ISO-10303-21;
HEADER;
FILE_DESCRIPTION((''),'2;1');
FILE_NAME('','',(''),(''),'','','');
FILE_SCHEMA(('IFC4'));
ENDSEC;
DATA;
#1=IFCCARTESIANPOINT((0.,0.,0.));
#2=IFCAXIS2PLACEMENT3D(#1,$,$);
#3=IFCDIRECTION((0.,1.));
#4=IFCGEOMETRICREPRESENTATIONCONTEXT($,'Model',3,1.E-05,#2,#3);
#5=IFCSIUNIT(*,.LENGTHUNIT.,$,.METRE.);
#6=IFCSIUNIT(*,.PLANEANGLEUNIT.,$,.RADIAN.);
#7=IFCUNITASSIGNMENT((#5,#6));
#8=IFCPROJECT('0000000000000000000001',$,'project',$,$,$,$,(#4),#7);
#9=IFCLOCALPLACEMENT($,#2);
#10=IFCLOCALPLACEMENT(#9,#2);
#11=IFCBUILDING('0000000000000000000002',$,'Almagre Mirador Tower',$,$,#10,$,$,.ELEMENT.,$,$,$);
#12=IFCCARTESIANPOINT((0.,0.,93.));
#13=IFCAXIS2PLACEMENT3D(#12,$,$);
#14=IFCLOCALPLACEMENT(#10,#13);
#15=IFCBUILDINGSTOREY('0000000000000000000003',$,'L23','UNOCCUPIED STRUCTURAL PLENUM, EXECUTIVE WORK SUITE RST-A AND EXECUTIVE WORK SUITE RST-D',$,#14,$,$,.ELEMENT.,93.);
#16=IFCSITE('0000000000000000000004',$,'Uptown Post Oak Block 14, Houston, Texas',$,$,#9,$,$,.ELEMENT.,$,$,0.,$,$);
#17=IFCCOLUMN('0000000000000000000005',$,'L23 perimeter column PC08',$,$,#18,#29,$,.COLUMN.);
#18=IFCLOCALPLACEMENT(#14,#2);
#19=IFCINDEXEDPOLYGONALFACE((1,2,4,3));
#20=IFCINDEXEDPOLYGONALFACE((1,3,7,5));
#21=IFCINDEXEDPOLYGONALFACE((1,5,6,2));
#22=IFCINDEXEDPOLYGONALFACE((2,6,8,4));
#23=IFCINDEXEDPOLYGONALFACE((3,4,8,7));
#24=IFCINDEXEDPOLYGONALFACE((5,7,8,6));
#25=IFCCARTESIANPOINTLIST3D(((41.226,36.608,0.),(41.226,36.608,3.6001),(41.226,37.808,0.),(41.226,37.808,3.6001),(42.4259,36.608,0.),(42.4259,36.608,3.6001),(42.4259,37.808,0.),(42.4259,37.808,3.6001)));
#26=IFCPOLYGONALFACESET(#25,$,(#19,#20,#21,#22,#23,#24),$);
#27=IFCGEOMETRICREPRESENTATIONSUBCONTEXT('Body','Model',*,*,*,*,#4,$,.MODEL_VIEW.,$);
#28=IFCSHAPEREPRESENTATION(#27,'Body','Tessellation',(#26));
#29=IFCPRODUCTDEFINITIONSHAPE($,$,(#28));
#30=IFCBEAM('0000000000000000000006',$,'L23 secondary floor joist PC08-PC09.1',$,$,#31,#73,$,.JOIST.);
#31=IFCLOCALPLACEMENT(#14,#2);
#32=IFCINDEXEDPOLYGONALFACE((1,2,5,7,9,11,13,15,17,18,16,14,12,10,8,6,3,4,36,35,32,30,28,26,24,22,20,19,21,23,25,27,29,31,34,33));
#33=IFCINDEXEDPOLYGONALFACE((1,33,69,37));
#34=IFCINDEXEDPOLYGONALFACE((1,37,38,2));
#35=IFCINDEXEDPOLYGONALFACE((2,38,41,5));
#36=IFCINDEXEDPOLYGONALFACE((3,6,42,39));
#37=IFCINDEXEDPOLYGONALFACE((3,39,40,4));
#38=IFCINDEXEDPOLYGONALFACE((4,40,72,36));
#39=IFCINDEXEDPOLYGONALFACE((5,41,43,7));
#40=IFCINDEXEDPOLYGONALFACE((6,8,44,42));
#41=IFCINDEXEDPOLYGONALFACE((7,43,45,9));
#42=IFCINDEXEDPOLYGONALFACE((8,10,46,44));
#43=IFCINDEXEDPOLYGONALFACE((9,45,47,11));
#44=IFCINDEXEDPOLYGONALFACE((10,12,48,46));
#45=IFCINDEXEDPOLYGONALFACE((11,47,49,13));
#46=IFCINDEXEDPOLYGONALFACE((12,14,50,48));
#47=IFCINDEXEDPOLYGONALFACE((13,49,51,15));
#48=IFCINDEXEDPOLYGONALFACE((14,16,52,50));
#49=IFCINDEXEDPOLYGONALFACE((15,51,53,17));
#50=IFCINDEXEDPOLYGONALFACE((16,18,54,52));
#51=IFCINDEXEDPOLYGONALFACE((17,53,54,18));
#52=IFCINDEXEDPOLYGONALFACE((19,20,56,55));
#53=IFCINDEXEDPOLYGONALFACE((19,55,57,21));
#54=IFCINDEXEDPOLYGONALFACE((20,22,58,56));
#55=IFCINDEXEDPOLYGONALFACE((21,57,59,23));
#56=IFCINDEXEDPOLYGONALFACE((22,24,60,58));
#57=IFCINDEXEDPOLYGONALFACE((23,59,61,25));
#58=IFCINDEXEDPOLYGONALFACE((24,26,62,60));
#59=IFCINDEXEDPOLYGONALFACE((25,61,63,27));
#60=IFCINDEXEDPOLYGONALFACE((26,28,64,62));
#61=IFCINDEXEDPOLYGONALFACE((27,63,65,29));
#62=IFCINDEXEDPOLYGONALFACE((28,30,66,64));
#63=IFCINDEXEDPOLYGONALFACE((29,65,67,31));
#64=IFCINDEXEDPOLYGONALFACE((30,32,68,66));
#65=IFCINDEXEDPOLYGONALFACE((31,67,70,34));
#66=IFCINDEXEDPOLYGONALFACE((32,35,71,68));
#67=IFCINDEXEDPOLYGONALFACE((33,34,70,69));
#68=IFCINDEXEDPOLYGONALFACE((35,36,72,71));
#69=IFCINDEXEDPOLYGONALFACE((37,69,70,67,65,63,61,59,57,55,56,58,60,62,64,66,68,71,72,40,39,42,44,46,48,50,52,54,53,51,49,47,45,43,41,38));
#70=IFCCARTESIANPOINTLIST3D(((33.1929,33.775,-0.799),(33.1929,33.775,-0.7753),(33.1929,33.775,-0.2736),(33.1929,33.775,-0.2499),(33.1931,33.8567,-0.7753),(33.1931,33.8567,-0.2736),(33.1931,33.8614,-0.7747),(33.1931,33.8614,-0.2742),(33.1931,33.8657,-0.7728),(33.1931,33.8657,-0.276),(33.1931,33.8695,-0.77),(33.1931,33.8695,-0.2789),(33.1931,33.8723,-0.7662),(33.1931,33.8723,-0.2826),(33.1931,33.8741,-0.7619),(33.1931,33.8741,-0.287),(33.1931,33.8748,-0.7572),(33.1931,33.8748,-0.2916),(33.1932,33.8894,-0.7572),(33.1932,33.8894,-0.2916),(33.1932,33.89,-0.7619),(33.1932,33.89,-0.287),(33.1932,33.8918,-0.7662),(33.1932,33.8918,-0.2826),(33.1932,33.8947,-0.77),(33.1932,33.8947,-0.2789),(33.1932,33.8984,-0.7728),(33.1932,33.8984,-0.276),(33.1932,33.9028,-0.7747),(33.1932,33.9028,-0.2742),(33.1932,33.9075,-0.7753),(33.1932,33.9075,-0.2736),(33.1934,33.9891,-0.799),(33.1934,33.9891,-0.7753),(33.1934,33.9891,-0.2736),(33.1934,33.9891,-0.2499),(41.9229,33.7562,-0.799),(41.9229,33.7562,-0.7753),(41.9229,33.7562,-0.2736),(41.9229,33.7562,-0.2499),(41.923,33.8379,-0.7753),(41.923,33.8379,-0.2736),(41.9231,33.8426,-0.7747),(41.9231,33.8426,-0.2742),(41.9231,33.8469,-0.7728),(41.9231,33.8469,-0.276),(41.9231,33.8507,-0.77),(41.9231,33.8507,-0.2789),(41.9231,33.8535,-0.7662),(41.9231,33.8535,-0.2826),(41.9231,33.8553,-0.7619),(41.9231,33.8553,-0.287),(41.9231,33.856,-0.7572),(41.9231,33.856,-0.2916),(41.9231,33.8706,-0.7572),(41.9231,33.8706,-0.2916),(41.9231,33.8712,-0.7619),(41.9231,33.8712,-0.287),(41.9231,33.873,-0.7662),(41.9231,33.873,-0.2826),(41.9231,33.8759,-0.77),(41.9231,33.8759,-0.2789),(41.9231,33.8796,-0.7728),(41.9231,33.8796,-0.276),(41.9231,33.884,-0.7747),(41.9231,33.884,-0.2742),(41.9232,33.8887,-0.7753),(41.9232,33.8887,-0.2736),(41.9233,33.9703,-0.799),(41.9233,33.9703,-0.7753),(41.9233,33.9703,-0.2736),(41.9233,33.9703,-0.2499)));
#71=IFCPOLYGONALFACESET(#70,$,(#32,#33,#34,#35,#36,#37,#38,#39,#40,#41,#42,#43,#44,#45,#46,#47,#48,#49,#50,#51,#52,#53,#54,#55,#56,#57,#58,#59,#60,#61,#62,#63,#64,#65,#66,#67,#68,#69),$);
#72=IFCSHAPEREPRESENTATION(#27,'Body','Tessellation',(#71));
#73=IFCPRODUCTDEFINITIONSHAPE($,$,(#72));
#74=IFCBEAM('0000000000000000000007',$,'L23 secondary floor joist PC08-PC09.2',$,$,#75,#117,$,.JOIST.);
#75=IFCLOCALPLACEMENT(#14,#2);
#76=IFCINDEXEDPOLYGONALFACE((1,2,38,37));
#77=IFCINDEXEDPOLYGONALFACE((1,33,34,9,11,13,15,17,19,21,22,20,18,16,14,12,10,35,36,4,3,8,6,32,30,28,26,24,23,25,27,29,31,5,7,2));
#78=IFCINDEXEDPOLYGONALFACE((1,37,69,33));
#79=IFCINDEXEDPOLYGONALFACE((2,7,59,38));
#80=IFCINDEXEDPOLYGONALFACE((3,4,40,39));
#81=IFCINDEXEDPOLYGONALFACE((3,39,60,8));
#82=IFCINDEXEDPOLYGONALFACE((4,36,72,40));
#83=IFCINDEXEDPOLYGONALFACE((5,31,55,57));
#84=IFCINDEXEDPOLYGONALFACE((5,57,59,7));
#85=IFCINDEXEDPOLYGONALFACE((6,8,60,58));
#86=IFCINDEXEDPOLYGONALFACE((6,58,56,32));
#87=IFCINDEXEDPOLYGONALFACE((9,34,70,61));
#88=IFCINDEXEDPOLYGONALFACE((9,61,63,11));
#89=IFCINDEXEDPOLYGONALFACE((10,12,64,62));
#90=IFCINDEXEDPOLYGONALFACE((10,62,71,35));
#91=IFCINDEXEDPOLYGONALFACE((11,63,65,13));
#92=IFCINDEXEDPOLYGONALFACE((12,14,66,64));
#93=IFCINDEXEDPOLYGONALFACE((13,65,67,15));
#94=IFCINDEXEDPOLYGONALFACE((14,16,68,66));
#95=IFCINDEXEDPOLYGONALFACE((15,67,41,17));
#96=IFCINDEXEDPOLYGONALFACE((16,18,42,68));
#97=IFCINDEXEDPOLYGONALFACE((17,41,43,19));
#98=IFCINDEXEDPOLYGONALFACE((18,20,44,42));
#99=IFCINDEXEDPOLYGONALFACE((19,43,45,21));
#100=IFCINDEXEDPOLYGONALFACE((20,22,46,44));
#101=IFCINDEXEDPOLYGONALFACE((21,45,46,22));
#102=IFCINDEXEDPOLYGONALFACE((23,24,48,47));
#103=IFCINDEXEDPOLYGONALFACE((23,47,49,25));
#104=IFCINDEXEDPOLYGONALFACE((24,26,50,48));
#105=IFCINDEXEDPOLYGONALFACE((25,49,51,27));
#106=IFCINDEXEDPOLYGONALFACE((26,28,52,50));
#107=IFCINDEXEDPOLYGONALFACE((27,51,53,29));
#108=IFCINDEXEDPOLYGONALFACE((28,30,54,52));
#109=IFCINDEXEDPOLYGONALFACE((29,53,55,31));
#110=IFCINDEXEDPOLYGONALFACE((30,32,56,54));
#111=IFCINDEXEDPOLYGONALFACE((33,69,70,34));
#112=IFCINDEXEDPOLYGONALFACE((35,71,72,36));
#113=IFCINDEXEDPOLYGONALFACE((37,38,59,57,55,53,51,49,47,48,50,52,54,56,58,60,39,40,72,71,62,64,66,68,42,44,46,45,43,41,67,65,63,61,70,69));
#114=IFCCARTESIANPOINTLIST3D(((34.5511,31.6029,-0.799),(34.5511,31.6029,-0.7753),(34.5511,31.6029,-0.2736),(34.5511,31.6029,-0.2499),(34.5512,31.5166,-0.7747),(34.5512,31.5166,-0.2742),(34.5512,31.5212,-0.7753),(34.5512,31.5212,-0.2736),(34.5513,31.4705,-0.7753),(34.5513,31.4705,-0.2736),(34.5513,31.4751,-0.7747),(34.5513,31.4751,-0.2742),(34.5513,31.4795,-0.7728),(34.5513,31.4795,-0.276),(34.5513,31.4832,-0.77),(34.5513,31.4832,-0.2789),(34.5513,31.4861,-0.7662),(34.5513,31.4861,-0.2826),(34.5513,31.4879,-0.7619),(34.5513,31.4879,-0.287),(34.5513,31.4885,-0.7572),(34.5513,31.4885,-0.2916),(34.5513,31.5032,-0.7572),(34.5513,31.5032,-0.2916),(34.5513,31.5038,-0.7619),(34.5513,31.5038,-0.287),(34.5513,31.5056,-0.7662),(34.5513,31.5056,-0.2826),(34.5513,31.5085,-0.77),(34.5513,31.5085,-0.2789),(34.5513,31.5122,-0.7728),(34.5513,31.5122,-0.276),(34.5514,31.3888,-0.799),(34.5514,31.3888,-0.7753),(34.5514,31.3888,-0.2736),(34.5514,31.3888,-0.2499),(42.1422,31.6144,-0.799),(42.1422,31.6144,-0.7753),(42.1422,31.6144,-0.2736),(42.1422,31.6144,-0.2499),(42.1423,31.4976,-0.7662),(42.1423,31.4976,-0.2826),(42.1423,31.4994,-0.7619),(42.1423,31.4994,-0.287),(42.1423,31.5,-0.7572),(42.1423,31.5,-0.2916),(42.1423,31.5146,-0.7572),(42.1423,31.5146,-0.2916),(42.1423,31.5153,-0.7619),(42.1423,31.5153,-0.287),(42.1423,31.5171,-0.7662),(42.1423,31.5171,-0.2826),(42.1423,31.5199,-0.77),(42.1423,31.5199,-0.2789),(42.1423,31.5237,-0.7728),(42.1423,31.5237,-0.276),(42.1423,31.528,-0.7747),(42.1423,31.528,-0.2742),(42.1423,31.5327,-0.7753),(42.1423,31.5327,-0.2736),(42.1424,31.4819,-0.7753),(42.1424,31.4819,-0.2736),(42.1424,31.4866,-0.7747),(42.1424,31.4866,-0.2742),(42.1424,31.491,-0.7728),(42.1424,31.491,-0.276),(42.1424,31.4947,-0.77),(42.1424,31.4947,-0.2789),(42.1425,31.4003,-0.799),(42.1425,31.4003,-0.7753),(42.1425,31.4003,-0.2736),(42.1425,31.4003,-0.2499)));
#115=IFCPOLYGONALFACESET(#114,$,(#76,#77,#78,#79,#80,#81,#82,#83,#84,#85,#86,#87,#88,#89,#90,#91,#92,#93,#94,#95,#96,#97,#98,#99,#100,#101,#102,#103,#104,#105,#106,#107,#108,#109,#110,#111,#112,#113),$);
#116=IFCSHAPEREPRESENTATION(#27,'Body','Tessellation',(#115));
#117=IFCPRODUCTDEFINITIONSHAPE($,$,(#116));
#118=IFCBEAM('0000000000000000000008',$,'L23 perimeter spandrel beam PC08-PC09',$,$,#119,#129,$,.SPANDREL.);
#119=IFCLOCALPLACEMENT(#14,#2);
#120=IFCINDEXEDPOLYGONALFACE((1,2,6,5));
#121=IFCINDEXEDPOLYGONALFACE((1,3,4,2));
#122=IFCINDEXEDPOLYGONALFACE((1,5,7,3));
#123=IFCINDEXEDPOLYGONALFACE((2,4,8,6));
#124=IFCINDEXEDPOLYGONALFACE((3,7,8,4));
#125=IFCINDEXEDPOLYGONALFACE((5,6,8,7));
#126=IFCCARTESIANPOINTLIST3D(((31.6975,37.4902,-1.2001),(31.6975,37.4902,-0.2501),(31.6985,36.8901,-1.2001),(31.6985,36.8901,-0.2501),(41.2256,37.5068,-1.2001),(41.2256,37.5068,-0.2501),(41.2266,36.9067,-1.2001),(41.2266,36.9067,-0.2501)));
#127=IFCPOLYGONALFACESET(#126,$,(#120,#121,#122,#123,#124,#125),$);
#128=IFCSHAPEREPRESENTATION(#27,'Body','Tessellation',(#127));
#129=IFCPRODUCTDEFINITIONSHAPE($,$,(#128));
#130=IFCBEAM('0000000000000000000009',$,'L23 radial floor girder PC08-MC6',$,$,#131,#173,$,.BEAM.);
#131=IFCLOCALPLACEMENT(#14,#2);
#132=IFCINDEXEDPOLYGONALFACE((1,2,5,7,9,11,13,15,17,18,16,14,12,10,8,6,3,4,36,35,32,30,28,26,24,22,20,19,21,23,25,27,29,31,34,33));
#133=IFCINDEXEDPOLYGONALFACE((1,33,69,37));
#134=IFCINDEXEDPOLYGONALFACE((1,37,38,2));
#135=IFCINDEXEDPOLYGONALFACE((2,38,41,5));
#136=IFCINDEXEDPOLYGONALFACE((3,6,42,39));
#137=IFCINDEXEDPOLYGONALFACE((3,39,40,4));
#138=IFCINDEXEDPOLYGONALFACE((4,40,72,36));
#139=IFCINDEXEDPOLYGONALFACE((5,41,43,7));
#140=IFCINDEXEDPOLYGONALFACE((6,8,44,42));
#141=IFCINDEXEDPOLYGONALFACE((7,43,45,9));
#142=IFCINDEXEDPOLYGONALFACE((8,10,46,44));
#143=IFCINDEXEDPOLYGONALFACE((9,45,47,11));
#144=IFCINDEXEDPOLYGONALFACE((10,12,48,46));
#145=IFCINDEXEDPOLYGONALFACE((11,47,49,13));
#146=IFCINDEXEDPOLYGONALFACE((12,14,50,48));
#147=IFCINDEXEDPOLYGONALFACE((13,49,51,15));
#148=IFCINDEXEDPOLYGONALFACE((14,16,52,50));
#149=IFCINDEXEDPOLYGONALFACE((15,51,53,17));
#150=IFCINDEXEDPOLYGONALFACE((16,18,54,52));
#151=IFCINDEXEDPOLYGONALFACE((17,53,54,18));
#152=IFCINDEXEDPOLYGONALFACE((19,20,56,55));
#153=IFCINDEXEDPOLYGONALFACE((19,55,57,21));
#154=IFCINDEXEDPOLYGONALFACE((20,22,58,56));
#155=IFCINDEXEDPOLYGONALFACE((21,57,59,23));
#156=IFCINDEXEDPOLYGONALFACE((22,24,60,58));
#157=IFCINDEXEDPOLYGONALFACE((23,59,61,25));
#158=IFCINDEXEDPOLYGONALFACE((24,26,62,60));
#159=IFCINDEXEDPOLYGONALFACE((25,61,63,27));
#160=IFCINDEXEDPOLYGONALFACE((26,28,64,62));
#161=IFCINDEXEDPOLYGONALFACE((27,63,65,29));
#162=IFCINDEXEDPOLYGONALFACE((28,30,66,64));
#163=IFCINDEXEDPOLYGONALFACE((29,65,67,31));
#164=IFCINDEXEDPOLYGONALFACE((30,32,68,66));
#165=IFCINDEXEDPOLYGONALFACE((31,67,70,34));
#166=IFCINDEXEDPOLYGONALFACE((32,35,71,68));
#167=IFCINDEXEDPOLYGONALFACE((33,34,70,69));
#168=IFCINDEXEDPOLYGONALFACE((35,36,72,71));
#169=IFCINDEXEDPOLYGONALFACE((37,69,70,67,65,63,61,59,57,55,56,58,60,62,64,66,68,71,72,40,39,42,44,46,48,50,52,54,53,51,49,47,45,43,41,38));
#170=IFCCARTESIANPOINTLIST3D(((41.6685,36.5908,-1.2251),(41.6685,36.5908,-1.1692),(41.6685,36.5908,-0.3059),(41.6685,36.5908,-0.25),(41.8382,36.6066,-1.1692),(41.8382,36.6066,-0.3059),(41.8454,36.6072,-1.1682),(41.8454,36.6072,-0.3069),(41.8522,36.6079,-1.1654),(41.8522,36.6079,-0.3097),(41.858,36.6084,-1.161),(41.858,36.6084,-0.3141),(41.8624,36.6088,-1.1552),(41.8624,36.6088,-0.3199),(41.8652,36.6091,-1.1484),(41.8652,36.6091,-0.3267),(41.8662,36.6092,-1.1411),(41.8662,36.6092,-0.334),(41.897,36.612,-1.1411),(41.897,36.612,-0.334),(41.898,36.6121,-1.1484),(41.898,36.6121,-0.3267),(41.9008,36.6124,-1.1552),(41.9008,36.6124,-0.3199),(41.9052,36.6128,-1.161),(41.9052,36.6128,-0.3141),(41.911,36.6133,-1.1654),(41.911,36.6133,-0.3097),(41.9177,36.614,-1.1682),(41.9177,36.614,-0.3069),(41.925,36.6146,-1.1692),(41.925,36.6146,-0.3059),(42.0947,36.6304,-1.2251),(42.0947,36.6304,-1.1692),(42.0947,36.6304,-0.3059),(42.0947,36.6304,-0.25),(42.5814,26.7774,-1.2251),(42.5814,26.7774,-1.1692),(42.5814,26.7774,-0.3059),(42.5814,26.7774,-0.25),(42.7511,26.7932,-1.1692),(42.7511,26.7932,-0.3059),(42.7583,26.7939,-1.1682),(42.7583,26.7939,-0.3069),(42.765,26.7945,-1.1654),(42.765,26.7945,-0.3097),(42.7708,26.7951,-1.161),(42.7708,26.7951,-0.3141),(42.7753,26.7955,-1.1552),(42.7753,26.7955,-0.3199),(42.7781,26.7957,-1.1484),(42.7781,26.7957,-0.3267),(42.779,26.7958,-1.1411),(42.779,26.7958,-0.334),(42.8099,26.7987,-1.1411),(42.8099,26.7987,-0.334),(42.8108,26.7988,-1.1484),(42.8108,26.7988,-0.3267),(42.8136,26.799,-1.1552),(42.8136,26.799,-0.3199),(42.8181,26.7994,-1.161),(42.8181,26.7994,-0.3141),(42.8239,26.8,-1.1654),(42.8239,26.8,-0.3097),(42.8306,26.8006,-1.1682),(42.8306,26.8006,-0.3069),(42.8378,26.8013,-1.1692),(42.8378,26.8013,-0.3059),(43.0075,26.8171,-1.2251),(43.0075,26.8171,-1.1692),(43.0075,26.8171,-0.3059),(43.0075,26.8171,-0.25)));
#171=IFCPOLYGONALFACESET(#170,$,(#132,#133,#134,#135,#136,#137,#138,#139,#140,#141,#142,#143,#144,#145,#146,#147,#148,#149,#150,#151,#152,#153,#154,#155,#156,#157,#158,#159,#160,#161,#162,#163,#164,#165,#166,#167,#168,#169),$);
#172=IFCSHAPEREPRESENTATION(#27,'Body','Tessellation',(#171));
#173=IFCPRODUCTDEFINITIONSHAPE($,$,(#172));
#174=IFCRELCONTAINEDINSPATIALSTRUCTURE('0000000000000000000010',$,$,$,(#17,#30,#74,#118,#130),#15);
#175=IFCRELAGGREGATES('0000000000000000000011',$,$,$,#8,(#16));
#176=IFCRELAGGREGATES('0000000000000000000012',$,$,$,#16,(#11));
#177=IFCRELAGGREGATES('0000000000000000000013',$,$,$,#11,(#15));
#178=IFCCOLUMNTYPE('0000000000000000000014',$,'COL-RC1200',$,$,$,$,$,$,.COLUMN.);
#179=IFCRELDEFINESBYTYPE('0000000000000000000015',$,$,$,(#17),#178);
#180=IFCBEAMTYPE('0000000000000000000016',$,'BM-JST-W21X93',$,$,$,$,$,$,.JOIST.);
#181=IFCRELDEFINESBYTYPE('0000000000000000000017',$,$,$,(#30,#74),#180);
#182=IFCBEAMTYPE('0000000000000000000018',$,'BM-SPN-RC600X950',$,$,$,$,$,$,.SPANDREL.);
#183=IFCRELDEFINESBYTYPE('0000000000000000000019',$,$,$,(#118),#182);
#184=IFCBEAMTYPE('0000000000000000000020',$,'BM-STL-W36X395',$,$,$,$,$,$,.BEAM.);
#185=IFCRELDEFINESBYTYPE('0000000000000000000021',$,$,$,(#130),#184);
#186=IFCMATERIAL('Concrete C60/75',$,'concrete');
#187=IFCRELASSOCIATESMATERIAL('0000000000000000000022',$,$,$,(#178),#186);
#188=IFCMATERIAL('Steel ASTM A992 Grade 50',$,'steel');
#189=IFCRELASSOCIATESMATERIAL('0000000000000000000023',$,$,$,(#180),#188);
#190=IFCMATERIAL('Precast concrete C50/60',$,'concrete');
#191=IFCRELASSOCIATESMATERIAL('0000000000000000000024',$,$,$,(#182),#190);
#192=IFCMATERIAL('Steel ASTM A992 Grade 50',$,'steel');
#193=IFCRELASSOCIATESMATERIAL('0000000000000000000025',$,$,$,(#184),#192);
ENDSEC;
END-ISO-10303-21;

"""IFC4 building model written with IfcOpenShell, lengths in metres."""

from ifc_helpers import new_model, si_unit, direction, frame, origin, origin_2d, place, context, subcontext, project, spatial, rectangle, i_section, extrude, material, material_profile, profile_set, type_object, element, save


model = new_model("IFC4")

# Units and contexts
model_context = context("Model", 3, precision=1e-05, world=origin(), true_north=direction((0.0, 1.0)))
body_context = subcontext(model_context, "Body", "Model", "MODEL_VIEW")
ifc_project = project(units=[si_unit("LENGTHUNIT", "METRE"), si_unit("PLANEANGLEUNIT", "RADIAN")], contexts=[model_context])

# Site, building, storey
site_placement = place(None, origin())
site = spatial("IfcSite", under=ifc_project, at=site_placement, Name="Uptown Post Oak Block 14, Houston, Texas", CompositionType="ELEMENT", RefElevation=0.0)
building_placement = place(site_placement, origin())
building = spatial("IfcBuilding", under=site, at=building_placement, Name="Almagre Mirador Tower", CompositionType="ELEMENT")
storey_placement = place(building_placement, frame((0.0, 0.0, 93.0)))
storey = spatial("IfcBuildingStorey", under=building, at=storey_placement, Name="L23", Description="UNOCCUPIED STRUCTURAL PLENUM, EXECUTIVE WORK SUITE RST-A AND EXECUTIVE WORK SUITE RST-D", CompositionType="ELEMENT", Elevation=93.0)

# Column
ifc_material_1 = material(Name="Concrete C60/75", Category="concrete")
ifc_material_profile_1 = material_profile(ifc_material_1, rectangle(XDim=1.2, YDim=1.2, at=origin_2d()), Name="RC1200X1200")
ifc_profile_set_1 = profile_set([ifc_material_profile_1], Name="Concrete C60/75")
column_type = type_object("IfcColumnType", Name="COL-RC1200", PredefinedType="COLUMN", material=ifc_profile_set_1)
column_placement = place(storey_placement, frame((41.8259, 37.208, 0.0), z_axis=(0.0, 0.0, 1.0), x_axis=(1.0, 0.0, 0.0)))
element("IfcColumn", 1, at=column_placement, inside=storey, type_object=column_type, Name="L23 perimeter column PC08", PredefinedType="COLUMN", context=body_context, shape_type="SweptSolid", body=[
    extrude(rectangle(XDim=1.2, YDim=1.2, at=origin_2d()), origin(), (0.0, 0.0, 1.0), 3.6001),
])

# Beams
ifc_material_2 = material(Name="Steel ASTM A992 Grade 50", Category="steel")
ifc_material_profile_2 = material_profile(ifc_material_2, i_section(OverallWidth=0.2141, OverallDepth=0.5491, WebThickness=0.0146, FlangeThickness=0.0237, FilletRadius=0.0181, at=origin_2d()), Name="W21X93")
ifc_profile_set_2 = profile_set([ifc_material_profile_2], Name="Steel ASTM A992 Grade 50")
beam_type_1 = type_object("IfcBeamType", Name="BM-JST-W21X93", PredefinedType="JOIST", material=ifc_profile_set_2)
beam_1_placement = place(storey_placement, frame((41.9231, 33.8633, -0.5244), z_axis=(-0.999998, 0.002153, 0.0), x_axis=(-0.002153, -0.999998, 0.0)))
element("IfcBeam", 2, at=beam_1_placement, inside=storey, type_object=beam_type_1, Name="L23 secondary floor joist PC08-PC09.1", PredefinedType="JOIST", context=body_context, shape_type="SweptSolid", body=[
    extrude(i_section(OverallWidth=0.2141, OverallDepth=0.5491, WebThickness=0.0146, FlangeThickness=0.0237, FilletRadius=0.0181, at=origin_2d()), origin(), (0.0, 0.0, 1.0), 8.73),
])
beam_2_placement = place(storey_placement, frame((42.1423, 31.5073, -0.5244), z_axis=(-0.999999, -0.001512, 0.0), x_axis=(0.001512, -0.999999, 0.0)))
element("IfcBeam", 3, at=beam_2_placement, inside=storey, type_object=beam_type_1, Name="L23 secondary floor joist PC08-PC09.2", PredefinedType="JOIST", context=body_context, shape_type="SweptSolid", body=[
    extrude(i_section(OverallWidth=0.2141, OverallDepth=0.5491, WebThickness=0.0146, FlangeThickness=0.0237, FilletRadius=0.0181, at=origin_2d()), origin(), (0.0, 0.0, 1.0), 7.5911),
])
ifc_material_3 = material(Name="Precast concrete C50/60", Category="concrete")
ifc_material_profile_3 = material_profile(ifc_material_3, rectangle(XDim=0.6001, YDim=0.95, at=origin_2d()), Name="RC600X950")
ifc_profile_set_3 = profile_set([ifc_material_profile_3], Name="Precast concrete C50/60")
beam_type_2 = type_object("IfcBeamType", Name="BM-SPN-RC600X950", PredefinedType="SPANDREL", material=ifc_profile_set_3)
beam_3_placement = place(storey_placement, frame((41.2261, 37.2068, -0.7251), z_axis=(-0.999998, -0.001742, 0.0), x_axis=(0.001742, -0.999998, 0.0)))
element("IfcBeam", 4, at=beam_3_placement, inside=storey, type_object=beam_type_2, Name="L23 perimeter spandrel beam PC08-PC09", PredefinedType="SPANDREL", context=body_context, shape_type="SweptSolid", body=[
    extrude(rectangle(XDim=0.6001, YDim=0.95, at=origin_2d()), origin(), (0.0, 0.0, 1.0), 9.5281),
])
ifc_material_4 = material(Name="Steel ASTM A992 Grade 50", Category="steel")
ifc_material_profile_4 = material_profile(ifc_material_4, i_section(OverallWidth=0.428, OverallDepth=0.9751, WebThickness=0.031, FlangeThickness=0.0559, FilletRadius=0.0281, at=origin_2d()), Name="W36X395")
ifc_profile_set_4 = profile_set([ifc_material_profile_4], Name="Steel ASTM A992 Grade 50")
beam_type_3 = type_object("IfcBeamType", Name="BM-STL-W36X395", PredefinedType="BEAM", material=ifc_profile_set_4)
beam_4_placement = place(storey_placement, frame((41.8816, 36.6106, -0.7375), z_axis=(0.092622, -0.995701, 0.0), x_axis=(0.995701, 0.092622, 0.0)))
element("IfcBeam", 5, at=beam_4_placement, inside=storey, type_object=beam_type_3, Name="L23 radial floor girder PC08-MC6", PredefinedType="BEAM", context=body_context, shape_type="SweptSolid", body=[
    extrude(i_section(OverallWidth=0.428, OverallDepth=0.9751, WebThickness=0.031, FlangeThickness=0.0559, FilletRadius=0.0281, at=origin_2d()), origin(), (0.0, 0.0, 1.0), 9.8557),
])

save(model, "model.ifc")
